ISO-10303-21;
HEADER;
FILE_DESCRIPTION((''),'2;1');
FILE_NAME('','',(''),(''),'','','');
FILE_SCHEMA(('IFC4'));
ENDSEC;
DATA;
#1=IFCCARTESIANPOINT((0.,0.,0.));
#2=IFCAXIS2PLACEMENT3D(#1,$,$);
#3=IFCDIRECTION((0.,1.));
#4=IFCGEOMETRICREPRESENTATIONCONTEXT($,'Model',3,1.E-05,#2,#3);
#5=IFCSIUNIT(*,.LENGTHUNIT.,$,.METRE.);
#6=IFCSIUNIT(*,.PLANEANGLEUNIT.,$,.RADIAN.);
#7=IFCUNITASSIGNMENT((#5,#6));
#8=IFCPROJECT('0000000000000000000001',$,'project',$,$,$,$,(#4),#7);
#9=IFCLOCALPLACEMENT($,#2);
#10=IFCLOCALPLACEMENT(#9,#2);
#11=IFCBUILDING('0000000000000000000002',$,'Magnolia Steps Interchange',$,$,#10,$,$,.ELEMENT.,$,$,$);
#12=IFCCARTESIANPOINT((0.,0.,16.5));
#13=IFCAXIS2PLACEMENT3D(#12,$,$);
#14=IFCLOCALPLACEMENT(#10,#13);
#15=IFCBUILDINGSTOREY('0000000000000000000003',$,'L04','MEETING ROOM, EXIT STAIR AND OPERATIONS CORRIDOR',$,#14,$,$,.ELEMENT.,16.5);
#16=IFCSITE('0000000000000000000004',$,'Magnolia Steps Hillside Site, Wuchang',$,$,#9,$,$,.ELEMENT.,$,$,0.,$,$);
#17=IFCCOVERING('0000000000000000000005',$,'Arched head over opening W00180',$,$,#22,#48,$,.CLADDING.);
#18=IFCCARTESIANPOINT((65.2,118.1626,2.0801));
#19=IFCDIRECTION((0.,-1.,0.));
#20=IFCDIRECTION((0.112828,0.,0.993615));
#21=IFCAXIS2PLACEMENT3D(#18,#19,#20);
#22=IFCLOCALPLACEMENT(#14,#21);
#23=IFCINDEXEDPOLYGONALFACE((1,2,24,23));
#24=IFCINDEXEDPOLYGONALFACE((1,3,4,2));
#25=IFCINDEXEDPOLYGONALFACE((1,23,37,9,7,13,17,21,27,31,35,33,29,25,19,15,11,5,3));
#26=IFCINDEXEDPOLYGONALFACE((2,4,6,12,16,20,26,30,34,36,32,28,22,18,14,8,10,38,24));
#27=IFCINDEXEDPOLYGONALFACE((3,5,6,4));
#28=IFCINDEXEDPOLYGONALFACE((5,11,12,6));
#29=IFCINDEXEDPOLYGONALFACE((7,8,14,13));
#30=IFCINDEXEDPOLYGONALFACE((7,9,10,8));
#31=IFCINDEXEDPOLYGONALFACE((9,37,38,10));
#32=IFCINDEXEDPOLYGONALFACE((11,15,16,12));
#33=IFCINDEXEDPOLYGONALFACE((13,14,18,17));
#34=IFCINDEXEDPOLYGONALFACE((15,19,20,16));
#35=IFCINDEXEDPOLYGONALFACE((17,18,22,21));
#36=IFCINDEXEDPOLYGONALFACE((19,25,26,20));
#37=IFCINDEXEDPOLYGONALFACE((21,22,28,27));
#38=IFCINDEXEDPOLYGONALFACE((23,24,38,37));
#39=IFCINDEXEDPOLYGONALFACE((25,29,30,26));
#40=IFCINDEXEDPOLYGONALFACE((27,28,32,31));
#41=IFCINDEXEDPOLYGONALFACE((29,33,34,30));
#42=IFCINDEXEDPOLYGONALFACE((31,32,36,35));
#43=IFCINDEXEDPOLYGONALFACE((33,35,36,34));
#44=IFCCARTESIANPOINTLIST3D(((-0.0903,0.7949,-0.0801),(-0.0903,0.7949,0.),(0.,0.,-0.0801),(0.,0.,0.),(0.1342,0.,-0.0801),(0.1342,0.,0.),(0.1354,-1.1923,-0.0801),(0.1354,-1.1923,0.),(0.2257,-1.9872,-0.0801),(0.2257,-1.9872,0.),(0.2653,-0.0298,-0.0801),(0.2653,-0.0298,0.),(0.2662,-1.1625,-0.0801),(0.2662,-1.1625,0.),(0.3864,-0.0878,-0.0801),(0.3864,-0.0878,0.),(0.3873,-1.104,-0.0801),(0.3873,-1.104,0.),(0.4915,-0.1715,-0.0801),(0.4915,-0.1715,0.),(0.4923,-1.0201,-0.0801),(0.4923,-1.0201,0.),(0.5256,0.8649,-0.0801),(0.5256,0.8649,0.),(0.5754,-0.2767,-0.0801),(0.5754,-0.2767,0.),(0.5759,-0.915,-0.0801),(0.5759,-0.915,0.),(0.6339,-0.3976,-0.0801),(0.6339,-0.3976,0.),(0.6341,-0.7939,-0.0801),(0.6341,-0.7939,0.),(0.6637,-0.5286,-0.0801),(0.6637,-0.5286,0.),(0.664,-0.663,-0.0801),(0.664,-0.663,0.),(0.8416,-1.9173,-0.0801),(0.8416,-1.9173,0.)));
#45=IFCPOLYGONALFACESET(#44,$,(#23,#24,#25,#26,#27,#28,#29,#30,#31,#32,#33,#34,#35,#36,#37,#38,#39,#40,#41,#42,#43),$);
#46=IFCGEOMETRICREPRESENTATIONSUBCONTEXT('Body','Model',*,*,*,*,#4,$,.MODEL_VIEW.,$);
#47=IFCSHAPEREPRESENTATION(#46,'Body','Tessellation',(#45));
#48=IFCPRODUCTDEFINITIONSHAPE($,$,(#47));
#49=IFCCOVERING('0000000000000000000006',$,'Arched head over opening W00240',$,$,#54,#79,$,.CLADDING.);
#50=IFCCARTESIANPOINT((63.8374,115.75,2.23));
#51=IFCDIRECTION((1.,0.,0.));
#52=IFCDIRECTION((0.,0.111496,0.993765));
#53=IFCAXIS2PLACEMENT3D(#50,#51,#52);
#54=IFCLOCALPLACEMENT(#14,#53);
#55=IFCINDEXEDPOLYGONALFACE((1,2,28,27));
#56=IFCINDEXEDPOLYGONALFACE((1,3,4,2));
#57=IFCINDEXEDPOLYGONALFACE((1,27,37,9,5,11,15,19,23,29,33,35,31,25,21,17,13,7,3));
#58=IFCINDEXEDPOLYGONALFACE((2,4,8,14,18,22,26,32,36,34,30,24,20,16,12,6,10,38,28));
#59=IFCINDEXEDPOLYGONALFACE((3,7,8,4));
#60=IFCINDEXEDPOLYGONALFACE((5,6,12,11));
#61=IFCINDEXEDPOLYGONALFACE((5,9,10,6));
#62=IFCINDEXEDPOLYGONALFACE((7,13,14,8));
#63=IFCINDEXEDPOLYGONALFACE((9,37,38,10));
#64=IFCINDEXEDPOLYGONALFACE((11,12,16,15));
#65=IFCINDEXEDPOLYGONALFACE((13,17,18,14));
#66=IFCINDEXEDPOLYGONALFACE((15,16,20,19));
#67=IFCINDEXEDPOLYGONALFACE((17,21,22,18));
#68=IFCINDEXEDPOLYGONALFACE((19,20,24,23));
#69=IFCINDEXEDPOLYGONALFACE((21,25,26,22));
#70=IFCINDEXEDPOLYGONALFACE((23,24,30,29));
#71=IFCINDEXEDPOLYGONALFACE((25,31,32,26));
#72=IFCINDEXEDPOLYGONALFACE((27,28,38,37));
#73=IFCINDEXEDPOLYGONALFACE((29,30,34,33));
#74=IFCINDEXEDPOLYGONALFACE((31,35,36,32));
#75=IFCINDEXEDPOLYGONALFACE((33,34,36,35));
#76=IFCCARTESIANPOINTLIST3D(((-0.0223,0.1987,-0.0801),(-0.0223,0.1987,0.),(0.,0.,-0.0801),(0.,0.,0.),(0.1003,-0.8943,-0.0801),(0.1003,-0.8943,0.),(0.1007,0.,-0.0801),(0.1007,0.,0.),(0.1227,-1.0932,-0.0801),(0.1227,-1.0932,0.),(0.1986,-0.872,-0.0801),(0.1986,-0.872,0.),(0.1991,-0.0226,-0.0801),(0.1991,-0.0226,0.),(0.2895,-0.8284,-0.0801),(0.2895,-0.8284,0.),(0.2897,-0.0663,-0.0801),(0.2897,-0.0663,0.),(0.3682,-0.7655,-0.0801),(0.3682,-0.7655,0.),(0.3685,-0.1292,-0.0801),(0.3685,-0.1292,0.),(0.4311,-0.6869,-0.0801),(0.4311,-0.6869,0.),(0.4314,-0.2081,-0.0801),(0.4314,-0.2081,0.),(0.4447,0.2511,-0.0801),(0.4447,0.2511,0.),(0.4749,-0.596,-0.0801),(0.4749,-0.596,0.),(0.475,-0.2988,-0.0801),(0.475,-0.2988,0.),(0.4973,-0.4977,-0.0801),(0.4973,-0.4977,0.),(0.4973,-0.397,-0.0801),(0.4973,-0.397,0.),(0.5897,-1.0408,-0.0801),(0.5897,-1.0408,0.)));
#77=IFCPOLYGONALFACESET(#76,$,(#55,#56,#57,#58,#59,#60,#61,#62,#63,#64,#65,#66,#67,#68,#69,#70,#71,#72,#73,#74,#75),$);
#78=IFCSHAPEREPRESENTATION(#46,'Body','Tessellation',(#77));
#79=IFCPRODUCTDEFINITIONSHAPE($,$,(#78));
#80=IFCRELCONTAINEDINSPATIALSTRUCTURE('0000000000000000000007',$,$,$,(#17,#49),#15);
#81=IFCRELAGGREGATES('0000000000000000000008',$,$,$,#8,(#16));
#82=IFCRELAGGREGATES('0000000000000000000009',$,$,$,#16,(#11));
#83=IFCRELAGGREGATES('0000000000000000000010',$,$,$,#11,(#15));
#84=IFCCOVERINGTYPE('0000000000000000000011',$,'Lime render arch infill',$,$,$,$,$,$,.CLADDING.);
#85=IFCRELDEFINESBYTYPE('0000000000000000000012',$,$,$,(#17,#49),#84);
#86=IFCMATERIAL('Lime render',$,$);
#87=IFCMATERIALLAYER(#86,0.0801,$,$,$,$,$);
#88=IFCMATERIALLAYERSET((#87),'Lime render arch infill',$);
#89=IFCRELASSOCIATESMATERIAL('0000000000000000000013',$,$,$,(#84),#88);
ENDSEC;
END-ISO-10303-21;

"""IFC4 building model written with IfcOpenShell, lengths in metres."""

from ifc_helpers import new_model, si_unit, direction, frame, origin, place, context, subcontext, project, spatial, polyline, outline, extrude, material, layer, layer_set, type_object, element, save


model = new_model("IFC4")

# Units and contexts
model_context = context("Model", 3, precision=1e-05, world=origin(), true_north=direction((0.0, 1.0)))
body_context = subcontext(model_context, "Body", "Model", "MODEL_VIEW")
ifc_project = project(units=[si_unit("LENGTHUNIT", "METRE"), si_unit("PLANEANGLEUNIT", "RADIAN")], contexts=[model_context])

# Site, building, storey
site_placement = place(None, origin())
site = spatial("IfcSite", under=ifc_project, at=site_placement, Name="Magnolia Steps Hillside Site, Wuchang", CompositionType="ELEMENT", RefElevation=0.0)
building_placement = place(site_placement, origin())
building = spatial("IfcBuilding", under=site, at=building_placement, Name="Magnolia Steps Interchange", CompositionType="ELEMENT")
storey_placement = place(building_placement, frame((0.0, 0.0, 16.5)))
storey = spatial("IfcBuildingStorey", under=building, at=storey_placement, Name="L04", Description="MEETING ROOM, EXIT STAIR AND OPERATIONS CORRIDOR", CompositionType="ELEMENT", Elevation=16.5)

# Coverings
ifc_material_1 = material(Name="Lime render")
ifc_layer_1 = layer(ifc_material_1, 0.0801)
ifc_layer_set_1 = layer_set([ifc_layer_1], Name="Lime render arch infill")
covering_type_1 = type_object("IfcCoveringType", Name="Lime render arch infill", PredefinedType="CLADDING", material=ifc_layer_set_1)
covering_1_placement = place(storey_placement, frame((65.2, 118.1626, 2.0801), z_axis=(0.0, -1.0, 0.0), x_axis=(0.112828, 0.0, 0.993615)))
element("IfcCovering", 1, at=covering_1_placement, inside=storey, type_object=covering_type_1, Name="Arched head over opening W00180", PredefinedType="CLADDING", context=body_context, shape_type="SweptSolid", body=[
    extrude(outline(polyline([(0.0, 0.0), (0.1342, 0.0), (0.2653, -0.0298), (0.3864, -0.0878), (0.4915, -0.1715), (0.5754, -0.2767), (0.6339, -0.3976), (0.6637, -0.5286), (0.664, -0.663), (0.6341, -0.7939), (0.5759, -0.915), (0.4923, -1.0201), (0.3873, -1.104), (0.2662, -1.1625), (0.1354, -1.1923), (0.2257, -1.9872), (0.8416, -1.9173), (0.5256, 0.8649), (-0.0903, 0.7949), (0.0, 0.0)])), origin(), (0.0, 0.0, -1.0), 0.0801),
])
covering_2_placement = place(storey_placement, frame((63.8374, 115.75, 2.23), z_axis=(1.0, 0.0, 0.0), x_axis=(0.0, 0.111496, 0.993765)))
element("IfcCovering", 2, at=covering_2_placement, inside=storey, type_object=covering_type_1, Name="Arched head over opening W00240", PredefinedType="CLADDING", context=body_context, shape_type="SweptSolid", body=[
    extrude(outline(polyline([(0.0, 0.0), (0.1007, 0.0), (0.1991, -0.0226), (0.2897, -0.0663), (0.3685, -0.1292), (0.4314, -0.2081), (0.475, -0.2988), (0.4973, -0.397), (0.4973, -0.4977), (0.4749, -0.596), (0.4311, -0.6869), (0.3682, -0.7655), (0.2895, -0.8284), (0.1986, -0.872), (0.1003, -0.8943), (0.1227, -1.0932), (0.5897, -1.0408), (0.4447, 0.2511), (-0.0223, 0.1987), (0.0, 0.0)])), origin(), (0.0, 0.0, -1.0), 0.0801),
])

save(model, "model.ifc")
